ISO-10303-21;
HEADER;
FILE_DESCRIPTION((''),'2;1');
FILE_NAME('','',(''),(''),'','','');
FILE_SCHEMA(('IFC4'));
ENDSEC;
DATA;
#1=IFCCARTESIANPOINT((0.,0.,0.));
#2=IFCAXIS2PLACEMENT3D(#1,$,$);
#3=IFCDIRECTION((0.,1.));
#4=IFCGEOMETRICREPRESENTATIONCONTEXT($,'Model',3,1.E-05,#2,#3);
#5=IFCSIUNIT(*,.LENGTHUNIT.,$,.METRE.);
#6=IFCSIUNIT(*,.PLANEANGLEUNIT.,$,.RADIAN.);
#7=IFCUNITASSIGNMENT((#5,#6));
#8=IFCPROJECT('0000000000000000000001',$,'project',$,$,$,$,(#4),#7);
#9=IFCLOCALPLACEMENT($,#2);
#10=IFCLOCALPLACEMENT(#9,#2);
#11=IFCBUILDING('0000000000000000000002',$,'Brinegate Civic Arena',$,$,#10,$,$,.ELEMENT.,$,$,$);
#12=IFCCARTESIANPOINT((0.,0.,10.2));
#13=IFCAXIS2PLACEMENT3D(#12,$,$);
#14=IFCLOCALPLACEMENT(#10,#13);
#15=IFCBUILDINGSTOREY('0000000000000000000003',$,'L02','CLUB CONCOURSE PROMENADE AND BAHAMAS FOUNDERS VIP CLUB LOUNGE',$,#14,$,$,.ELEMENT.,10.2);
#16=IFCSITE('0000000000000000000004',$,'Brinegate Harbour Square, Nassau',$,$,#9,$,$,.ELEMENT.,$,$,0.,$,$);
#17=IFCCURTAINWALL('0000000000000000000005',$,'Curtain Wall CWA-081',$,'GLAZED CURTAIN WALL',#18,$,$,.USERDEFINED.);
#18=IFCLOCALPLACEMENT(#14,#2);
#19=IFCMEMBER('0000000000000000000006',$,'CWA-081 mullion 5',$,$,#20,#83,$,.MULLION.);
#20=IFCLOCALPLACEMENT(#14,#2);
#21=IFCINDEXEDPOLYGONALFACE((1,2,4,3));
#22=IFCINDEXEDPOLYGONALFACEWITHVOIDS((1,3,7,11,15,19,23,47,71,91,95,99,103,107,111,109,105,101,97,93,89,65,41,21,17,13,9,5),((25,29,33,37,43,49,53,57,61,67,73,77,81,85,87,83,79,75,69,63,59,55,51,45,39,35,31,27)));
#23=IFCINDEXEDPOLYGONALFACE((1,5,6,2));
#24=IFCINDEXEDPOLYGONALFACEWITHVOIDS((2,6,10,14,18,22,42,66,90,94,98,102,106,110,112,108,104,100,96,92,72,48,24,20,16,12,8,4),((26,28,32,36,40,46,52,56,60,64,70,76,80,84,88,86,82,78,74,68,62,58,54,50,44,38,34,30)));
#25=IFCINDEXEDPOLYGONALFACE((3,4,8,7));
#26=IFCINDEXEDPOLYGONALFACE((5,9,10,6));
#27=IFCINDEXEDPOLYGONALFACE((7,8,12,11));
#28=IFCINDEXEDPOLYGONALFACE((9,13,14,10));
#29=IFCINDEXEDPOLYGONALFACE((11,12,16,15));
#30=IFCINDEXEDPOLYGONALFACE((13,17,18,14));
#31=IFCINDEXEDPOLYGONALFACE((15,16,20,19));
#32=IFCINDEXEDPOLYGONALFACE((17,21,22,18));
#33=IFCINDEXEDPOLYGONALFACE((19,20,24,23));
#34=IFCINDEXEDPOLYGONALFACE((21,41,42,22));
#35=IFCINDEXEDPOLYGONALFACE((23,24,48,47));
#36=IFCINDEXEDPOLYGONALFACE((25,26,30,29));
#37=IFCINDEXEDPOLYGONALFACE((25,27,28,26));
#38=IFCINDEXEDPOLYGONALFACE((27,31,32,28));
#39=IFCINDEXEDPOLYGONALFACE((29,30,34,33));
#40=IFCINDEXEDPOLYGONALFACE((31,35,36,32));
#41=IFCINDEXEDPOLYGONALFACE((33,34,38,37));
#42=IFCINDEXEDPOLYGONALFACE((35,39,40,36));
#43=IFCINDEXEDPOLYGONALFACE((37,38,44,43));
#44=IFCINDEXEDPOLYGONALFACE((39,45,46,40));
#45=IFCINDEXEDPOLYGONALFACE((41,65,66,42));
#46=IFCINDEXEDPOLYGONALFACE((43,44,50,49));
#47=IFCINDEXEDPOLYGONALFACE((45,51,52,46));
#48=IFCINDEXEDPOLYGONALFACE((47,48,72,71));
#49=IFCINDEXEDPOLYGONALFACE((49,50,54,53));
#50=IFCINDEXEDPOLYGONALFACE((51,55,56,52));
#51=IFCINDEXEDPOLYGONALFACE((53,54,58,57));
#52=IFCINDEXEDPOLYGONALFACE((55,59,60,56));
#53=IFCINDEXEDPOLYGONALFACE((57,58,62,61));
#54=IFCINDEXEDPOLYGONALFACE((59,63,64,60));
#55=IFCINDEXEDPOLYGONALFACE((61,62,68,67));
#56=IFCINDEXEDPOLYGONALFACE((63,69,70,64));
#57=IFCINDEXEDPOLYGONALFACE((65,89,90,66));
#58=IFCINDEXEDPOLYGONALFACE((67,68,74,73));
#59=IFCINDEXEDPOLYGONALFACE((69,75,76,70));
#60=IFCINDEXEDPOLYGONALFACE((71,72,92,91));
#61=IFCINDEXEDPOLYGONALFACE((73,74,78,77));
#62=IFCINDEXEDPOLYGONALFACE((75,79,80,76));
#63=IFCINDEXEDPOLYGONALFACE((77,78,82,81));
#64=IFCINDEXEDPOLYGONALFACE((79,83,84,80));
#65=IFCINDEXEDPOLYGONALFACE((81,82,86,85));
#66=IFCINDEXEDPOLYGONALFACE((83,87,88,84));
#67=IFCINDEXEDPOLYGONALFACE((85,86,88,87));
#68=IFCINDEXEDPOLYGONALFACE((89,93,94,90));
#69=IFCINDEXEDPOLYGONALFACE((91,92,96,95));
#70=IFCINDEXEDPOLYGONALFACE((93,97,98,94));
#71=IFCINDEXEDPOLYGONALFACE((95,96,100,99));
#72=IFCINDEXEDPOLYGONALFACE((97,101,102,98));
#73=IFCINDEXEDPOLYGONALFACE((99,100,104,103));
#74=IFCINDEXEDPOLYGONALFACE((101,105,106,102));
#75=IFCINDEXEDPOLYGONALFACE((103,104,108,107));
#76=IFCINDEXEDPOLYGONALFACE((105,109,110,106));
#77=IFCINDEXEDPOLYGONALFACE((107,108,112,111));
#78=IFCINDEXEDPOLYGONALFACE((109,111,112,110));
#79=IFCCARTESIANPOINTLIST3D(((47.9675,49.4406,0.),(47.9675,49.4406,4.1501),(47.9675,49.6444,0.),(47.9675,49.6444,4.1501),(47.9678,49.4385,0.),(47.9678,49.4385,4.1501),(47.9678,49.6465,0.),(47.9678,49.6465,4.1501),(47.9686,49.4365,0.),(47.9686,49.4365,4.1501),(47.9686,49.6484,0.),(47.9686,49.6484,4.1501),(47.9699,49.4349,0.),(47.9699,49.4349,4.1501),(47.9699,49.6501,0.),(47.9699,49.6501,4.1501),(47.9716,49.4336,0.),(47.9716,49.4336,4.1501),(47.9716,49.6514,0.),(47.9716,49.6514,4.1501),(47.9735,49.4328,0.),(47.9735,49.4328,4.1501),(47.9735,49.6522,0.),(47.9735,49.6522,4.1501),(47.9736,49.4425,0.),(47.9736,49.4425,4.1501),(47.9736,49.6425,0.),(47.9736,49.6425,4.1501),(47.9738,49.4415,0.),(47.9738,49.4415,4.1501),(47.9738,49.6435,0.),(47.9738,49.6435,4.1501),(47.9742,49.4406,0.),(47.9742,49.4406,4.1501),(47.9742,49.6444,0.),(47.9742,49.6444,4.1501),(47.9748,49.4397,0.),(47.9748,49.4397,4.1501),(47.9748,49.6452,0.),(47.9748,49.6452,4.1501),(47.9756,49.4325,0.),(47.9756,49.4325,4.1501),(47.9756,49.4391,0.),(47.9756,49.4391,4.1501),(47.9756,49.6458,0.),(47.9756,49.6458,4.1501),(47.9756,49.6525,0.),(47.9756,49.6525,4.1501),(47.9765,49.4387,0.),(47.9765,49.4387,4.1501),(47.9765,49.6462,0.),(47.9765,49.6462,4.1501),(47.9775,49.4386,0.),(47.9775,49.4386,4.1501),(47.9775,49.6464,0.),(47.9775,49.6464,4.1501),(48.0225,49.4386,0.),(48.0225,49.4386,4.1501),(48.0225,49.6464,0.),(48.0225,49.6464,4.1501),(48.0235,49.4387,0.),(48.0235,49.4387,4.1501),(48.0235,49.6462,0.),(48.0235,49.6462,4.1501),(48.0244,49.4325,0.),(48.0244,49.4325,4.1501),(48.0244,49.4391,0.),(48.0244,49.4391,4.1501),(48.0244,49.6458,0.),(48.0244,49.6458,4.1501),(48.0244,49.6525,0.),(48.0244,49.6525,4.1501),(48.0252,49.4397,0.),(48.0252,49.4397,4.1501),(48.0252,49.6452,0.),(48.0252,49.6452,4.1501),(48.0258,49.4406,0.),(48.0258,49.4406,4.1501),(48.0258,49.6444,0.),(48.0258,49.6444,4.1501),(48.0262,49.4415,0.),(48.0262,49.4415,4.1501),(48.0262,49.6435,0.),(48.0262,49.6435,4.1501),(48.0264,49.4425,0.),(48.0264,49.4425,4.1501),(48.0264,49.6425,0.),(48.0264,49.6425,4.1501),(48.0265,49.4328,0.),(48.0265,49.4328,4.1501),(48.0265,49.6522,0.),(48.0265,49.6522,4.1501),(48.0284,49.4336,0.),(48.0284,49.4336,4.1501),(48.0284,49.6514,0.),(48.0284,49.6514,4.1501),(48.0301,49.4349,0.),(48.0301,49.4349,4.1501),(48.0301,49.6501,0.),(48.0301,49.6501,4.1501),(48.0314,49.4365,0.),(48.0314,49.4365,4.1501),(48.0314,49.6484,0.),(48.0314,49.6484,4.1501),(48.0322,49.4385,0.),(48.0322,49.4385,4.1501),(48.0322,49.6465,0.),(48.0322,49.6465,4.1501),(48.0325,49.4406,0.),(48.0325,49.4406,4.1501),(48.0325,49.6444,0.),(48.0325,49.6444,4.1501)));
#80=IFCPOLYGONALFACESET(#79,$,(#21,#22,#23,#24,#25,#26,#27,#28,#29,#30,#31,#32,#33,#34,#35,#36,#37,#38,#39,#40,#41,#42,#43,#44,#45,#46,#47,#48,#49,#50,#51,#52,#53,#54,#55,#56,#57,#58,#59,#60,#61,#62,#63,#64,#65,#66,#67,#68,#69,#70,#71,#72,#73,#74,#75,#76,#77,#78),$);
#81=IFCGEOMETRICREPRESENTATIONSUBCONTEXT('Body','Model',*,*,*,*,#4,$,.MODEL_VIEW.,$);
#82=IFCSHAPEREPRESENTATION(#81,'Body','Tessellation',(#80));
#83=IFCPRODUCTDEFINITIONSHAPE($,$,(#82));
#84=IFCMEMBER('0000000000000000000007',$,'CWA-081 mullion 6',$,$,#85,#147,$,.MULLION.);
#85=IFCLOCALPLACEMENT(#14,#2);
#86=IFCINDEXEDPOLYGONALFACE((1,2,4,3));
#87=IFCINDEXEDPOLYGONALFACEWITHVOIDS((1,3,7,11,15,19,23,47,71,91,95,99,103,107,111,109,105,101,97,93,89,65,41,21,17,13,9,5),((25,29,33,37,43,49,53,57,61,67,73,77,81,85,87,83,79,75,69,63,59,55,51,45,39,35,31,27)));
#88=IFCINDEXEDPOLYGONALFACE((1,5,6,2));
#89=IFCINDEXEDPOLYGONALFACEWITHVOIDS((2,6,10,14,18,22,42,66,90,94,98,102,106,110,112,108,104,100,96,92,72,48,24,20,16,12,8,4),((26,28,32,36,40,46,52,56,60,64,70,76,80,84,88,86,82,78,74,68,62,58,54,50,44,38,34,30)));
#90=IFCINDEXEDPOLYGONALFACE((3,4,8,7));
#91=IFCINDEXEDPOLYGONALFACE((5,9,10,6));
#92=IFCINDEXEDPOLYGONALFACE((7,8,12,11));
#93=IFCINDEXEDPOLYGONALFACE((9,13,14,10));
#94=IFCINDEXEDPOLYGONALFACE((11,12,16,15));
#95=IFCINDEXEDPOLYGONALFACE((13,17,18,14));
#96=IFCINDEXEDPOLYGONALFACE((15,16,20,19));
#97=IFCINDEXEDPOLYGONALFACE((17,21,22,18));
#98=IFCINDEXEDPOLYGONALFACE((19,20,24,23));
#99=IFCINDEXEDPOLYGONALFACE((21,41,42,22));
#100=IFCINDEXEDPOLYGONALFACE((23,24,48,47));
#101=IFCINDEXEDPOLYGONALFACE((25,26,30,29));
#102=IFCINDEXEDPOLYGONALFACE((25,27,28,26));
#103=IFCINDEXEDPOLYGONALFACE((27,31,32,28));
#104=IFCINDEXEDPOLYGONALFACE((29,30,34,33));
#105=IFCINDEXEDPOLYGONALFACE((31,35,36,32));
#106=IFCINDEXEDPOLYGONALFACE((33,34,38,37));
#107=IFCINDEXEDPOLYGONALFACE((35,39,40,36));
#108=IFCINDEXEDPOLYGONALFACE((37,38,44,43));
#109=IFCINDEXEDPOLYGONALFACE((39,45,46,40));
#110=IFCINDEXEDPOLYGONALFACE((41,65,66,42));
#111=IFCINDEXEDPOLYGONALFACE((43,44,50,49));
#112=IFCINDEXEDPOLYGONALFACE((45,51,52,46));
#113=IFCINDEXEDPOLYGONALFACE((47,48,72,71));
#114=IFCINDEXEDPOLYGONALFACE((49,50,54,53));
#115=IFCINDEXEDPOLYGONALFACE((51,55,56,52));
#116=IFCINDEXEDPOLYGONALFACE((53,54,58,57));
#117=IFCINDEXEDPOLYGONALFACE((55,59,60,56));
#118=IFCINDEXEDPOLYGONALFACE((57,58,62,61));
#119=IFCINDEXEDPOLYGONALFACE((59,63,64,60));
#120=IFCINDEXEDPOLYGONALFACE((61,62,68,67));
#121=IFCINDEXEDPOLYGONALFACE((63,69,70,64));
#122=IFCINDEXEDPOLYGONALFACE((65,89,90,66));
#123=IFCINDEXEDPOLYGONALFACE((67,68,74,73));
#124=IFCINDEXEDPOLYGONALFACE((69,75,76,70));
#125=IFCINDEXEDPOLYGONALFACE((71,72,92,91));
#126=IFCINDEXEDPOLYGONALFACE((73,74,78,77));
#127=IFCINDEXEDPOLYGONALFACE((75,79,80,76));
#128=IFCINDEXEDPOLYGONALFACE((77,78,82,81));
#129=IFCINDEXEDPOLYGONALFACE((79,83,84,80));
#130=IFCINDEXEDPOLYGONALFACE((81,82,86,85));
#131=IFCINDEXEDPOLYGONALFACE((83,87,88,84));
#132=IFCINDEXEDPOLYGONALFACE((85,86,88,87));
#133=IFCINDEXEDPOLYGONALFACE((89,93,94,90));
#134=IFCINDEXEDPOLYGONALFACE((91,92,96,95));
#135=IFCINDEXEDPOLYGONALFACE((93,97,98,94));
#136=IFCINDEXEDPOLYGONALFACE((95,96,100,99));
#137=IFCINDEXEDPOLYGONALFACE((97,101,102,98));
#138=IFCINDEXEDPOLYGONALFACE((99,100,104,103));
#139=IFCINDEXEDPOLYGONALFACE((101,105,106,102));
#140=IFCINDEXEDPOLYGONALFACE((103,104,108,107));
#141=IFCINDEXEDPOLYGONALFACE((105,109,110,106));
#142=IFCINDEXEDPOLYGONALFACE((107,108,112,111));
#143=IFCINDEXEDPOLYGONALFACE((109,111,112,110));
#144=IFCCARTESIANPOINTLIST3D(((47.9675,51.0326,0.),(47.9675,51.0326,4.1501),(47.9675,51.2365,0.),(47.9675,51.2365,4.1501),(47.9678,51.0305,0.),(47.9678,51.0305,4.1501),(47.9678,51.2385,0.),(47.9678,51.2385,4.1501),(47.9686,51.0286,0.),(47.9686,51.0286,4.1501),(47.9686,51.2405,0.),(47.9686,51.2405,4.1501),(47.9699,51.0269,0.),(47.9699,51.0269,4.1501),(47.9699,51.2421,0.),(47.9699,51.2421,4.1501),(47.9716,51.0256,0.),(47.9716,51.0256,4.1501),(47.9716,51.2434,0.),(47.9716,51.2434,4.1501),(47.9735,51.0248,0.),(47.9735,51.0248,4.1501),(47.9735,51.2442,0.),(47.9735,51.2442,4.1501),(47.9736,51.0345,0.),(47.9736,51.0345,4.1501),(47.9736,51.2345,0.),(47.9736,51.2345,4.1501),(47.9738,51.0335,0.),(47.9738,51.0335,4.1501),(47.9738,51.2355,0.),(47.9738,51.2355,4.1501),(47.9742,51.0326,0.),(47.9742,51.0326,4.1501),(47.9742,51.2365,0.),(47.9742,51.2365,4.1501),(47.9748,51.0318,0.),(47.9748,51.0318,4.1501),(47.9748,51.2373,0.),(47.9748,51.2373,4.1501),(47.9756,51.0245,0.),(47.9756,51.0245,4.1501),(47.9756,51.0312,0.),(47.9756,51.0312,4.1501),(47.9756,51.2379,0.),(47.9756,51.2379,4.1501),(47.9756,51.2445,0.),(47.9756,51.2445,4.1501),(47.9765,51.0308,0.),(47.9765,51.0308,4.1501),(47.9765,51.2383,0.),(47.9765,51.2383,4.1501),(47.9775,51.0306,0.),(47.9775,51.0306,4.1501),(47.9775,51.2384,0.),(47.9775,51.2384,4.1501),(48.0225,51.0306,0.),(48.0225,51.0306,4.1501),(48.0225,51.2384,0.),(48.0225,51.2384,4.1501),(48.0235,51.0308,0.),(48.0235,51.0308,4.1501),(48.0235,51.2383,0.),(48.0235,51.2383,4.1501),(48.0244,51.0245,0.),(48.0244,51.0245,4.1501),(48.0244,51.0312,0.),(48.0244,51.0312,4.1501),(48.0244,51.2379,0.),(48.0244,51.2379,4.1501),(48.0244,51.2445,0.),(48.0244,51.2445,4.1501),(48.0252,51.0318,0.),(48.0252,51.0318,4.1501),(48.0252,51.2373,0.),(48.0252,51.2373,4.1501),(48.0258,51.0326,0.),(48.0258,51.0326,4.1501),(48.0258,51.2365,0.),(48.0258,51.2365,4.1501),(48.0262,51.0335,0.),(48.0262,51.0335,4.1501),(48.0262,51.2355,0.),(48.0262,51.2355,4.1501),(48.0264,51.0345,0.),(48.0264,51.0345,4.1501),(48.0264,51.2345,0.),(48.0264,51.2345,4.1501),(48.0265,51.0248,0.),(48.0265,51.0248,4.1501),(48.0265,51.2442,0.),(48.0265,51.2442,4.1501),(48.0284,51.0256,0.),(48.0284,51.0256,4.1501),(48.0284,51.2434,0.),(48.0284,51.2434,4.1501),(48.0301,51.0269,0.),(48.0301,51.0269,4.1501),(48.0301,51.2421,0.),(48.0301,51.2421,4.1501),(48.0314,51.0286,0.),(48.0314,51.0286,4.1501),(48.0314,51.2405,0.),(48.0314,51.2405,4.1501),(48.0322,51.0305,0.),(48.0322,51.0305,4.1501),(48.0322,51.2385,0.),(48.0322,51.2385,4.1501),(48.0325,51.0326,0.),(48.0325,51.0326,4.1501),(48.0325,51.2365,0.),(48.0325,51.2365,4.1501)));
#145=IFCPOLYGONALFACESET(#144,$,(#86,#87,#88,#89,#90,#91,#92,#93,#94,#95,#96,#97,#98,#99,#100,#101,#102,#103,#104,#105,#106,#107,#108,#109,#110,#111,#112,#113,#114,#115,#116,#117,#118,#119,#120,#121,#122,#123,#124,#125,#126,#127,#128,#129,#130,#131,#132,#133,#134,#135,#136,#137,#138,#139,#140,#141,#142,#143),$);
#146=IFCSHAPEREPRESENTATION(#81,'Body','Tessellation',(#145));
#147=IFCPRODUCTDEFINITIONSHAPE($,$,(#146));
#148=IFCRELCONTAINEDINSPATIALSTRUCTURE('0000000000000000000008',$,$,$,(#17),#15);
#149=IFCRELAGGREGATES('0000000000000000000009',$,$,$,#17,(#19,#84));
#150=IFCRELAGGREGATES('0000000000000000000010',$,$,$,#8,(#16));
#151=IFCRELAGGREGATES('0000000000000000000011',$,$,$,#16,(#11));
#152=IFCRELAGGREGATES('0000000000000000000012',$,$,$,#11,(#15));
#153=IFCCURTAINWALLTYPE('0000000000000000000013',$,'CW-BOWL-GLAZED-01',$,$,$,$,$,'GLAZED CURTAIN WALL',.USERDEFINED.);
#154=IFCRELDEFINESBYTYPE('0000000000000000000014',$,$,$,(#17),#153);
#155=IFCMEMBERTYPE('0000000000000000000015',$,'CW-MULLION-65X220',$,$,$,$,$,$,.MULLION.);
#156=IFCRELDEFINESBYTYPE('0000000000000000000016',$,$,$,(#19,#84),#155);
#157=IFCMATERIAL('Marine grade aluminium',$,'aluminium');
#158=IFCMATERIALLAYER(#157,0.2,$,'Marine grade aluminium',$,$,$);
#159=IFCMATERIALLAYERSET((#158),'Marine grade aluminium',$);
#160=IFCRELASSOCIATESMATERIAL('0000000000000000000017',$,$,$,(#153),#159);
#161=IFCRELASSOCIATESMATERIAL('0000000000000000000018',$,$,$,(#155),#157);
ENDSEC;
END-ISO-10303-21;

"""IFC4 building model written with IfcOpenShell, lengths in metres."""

from ifc_helpers import new_model, si_unit, direction, frame, origin, origin_2d, place, context, subcontext, project, spatial, hollow_rectangle, extrude, material, layer, layer_set, material_profile, profile_set, type_object, element, aggregate, save


model = new_model("IFC4")

# Units and contexts
model_context = context("Model", 3, precision=1e-05, world=origin(), true_north=direction((0.0, 1.0)))
body_context = subcontext(model_context, "Body", "Model", "MODEL_VIEW")
ifc_project = project(units=[si_unit("LENGTHUNIT", "METRE"), si_unit("PLANEANGLEUNIT", "RADIAN")], contexts=[model_context])

# Site, building, storey
site_placement = place(None, origin())
site = spatial("IfcSite", under=ifc_project, at=site_placement, Name="Brinegate Harbour Square, Nassau", CompositionType="ELEMENT", RefElevation=0.0)
building_placement = place(site_placement, origin())
building = spatial("IfcBuilding", under=site, at=building_placement, Name="Brinegate Civic Arena", CompositionType="ELEMENT")
storey_placement = place(building_placement, frame((0.0, 0.0, 10.2)))
storey = spatial("IfcBuildingStorey", under=building, at=storey_placement, Name="L02", Description="CLUB CONCOURSE PROMENADE AND BAHAMAS FOUNDERS VIP CLUB LOUNGE", CompositionType="ELEMENT", Elevation=10.2)

# Curtain wall, members
ifc_material_1 = material(Name="Marine grade aluminium", Category="aluminium")
ifc_layer_1 = layer(ifc_material_1, 0.2, Name="Marine grade aluminium")
ifc_layer_set_1 = layer_set([ifc_layer_1], Name="Marine grade aluminium")
curtain_wall_type = type_object("IfcCurtainWallType", Name="CW-BOWL-GLAZED-01", ElementType="GLAZED CURTAIN WALL", PredefinedType="USERDEFINED", material=ifc_layer_set_1)
curtain_wall_placement = place(storey_placement, origin())
curtain_wall = element("IfcCurtainWall", 1, at=curtain_wall_placement, inside=storey, type_object=curtain_wall_type, Name="Curtain Wall CWA-081", ObjectType="GLAZED CURTAIN WALL", PredefinedType="USERDEFINED")
ifc_material_profile_1 = material_profile(ifc_material_1, hollow_rectangle(XDim=0.0649, YDim=0.22, WallThickness=0.0061, InnerFilletRadius=0.0039, OuterFilletRadius=0.0081, at=origin_2d()), Name="MUL65X220")
ifc_profile_set_1 = profile_set([ifc_material_profile_1], Name="Marine grade aluminium")
member_type_1 = type_object("IfcMemberType", Name="CW-MULLION-65X220", PredefinedType="MULLION", material=ifc_profile_set_1)
member_1_placement = place(storey_placement, frame((48.0, 49.5425, 0.0), z_axis=(0.0, 0.0, 1.0), x_axis=(-1.0, 0.0, 0.0)))
member_1 = element("IfcMember", 2, at=member_1_placement, type_object=member_type_1, Name="CWA-081 mullion 5", PredefinedType="MULLION", context=body_context, shape_type="SweptSolid", body=[
    extrude(hollow_rectangle(XDim=0.0649, YDim=0.22, WallThickness=0.0061, InnerFilletRadius=0.0039, OuterFilletRadius=0.0081, at=origin_2d()), origin(), (0.0, 0.0, 1.0), 4.1501),
])
member_2_placement = place(storey_placement, frame((48.0, 51.1345, 0.0), z_axis=(0.0, 0.0, 1.0), x_axis=(-1.0, 0.0, 0.0)))
member_2 = element("IfcMember", 3, at=member_2_placement, type_object=member_type_1, Name="CWA-081 mullion 6", PredefinedType="MULLION", context=body_context, shape_type="SweptSolid", body=[
    extrude(hollow_rectangle(XDim=0.0649, YDim=0.22, WallThickness=0.0061, InnerFilletRadius=0.0039, OuterFilletRadius=0.0081, at=origin_2d()), origin(), (0.0, 0.0, 1.0), 4.1501),
])
aggregate(curtain_wall, [member_1, member_2])

save(model, "model.ifc")
